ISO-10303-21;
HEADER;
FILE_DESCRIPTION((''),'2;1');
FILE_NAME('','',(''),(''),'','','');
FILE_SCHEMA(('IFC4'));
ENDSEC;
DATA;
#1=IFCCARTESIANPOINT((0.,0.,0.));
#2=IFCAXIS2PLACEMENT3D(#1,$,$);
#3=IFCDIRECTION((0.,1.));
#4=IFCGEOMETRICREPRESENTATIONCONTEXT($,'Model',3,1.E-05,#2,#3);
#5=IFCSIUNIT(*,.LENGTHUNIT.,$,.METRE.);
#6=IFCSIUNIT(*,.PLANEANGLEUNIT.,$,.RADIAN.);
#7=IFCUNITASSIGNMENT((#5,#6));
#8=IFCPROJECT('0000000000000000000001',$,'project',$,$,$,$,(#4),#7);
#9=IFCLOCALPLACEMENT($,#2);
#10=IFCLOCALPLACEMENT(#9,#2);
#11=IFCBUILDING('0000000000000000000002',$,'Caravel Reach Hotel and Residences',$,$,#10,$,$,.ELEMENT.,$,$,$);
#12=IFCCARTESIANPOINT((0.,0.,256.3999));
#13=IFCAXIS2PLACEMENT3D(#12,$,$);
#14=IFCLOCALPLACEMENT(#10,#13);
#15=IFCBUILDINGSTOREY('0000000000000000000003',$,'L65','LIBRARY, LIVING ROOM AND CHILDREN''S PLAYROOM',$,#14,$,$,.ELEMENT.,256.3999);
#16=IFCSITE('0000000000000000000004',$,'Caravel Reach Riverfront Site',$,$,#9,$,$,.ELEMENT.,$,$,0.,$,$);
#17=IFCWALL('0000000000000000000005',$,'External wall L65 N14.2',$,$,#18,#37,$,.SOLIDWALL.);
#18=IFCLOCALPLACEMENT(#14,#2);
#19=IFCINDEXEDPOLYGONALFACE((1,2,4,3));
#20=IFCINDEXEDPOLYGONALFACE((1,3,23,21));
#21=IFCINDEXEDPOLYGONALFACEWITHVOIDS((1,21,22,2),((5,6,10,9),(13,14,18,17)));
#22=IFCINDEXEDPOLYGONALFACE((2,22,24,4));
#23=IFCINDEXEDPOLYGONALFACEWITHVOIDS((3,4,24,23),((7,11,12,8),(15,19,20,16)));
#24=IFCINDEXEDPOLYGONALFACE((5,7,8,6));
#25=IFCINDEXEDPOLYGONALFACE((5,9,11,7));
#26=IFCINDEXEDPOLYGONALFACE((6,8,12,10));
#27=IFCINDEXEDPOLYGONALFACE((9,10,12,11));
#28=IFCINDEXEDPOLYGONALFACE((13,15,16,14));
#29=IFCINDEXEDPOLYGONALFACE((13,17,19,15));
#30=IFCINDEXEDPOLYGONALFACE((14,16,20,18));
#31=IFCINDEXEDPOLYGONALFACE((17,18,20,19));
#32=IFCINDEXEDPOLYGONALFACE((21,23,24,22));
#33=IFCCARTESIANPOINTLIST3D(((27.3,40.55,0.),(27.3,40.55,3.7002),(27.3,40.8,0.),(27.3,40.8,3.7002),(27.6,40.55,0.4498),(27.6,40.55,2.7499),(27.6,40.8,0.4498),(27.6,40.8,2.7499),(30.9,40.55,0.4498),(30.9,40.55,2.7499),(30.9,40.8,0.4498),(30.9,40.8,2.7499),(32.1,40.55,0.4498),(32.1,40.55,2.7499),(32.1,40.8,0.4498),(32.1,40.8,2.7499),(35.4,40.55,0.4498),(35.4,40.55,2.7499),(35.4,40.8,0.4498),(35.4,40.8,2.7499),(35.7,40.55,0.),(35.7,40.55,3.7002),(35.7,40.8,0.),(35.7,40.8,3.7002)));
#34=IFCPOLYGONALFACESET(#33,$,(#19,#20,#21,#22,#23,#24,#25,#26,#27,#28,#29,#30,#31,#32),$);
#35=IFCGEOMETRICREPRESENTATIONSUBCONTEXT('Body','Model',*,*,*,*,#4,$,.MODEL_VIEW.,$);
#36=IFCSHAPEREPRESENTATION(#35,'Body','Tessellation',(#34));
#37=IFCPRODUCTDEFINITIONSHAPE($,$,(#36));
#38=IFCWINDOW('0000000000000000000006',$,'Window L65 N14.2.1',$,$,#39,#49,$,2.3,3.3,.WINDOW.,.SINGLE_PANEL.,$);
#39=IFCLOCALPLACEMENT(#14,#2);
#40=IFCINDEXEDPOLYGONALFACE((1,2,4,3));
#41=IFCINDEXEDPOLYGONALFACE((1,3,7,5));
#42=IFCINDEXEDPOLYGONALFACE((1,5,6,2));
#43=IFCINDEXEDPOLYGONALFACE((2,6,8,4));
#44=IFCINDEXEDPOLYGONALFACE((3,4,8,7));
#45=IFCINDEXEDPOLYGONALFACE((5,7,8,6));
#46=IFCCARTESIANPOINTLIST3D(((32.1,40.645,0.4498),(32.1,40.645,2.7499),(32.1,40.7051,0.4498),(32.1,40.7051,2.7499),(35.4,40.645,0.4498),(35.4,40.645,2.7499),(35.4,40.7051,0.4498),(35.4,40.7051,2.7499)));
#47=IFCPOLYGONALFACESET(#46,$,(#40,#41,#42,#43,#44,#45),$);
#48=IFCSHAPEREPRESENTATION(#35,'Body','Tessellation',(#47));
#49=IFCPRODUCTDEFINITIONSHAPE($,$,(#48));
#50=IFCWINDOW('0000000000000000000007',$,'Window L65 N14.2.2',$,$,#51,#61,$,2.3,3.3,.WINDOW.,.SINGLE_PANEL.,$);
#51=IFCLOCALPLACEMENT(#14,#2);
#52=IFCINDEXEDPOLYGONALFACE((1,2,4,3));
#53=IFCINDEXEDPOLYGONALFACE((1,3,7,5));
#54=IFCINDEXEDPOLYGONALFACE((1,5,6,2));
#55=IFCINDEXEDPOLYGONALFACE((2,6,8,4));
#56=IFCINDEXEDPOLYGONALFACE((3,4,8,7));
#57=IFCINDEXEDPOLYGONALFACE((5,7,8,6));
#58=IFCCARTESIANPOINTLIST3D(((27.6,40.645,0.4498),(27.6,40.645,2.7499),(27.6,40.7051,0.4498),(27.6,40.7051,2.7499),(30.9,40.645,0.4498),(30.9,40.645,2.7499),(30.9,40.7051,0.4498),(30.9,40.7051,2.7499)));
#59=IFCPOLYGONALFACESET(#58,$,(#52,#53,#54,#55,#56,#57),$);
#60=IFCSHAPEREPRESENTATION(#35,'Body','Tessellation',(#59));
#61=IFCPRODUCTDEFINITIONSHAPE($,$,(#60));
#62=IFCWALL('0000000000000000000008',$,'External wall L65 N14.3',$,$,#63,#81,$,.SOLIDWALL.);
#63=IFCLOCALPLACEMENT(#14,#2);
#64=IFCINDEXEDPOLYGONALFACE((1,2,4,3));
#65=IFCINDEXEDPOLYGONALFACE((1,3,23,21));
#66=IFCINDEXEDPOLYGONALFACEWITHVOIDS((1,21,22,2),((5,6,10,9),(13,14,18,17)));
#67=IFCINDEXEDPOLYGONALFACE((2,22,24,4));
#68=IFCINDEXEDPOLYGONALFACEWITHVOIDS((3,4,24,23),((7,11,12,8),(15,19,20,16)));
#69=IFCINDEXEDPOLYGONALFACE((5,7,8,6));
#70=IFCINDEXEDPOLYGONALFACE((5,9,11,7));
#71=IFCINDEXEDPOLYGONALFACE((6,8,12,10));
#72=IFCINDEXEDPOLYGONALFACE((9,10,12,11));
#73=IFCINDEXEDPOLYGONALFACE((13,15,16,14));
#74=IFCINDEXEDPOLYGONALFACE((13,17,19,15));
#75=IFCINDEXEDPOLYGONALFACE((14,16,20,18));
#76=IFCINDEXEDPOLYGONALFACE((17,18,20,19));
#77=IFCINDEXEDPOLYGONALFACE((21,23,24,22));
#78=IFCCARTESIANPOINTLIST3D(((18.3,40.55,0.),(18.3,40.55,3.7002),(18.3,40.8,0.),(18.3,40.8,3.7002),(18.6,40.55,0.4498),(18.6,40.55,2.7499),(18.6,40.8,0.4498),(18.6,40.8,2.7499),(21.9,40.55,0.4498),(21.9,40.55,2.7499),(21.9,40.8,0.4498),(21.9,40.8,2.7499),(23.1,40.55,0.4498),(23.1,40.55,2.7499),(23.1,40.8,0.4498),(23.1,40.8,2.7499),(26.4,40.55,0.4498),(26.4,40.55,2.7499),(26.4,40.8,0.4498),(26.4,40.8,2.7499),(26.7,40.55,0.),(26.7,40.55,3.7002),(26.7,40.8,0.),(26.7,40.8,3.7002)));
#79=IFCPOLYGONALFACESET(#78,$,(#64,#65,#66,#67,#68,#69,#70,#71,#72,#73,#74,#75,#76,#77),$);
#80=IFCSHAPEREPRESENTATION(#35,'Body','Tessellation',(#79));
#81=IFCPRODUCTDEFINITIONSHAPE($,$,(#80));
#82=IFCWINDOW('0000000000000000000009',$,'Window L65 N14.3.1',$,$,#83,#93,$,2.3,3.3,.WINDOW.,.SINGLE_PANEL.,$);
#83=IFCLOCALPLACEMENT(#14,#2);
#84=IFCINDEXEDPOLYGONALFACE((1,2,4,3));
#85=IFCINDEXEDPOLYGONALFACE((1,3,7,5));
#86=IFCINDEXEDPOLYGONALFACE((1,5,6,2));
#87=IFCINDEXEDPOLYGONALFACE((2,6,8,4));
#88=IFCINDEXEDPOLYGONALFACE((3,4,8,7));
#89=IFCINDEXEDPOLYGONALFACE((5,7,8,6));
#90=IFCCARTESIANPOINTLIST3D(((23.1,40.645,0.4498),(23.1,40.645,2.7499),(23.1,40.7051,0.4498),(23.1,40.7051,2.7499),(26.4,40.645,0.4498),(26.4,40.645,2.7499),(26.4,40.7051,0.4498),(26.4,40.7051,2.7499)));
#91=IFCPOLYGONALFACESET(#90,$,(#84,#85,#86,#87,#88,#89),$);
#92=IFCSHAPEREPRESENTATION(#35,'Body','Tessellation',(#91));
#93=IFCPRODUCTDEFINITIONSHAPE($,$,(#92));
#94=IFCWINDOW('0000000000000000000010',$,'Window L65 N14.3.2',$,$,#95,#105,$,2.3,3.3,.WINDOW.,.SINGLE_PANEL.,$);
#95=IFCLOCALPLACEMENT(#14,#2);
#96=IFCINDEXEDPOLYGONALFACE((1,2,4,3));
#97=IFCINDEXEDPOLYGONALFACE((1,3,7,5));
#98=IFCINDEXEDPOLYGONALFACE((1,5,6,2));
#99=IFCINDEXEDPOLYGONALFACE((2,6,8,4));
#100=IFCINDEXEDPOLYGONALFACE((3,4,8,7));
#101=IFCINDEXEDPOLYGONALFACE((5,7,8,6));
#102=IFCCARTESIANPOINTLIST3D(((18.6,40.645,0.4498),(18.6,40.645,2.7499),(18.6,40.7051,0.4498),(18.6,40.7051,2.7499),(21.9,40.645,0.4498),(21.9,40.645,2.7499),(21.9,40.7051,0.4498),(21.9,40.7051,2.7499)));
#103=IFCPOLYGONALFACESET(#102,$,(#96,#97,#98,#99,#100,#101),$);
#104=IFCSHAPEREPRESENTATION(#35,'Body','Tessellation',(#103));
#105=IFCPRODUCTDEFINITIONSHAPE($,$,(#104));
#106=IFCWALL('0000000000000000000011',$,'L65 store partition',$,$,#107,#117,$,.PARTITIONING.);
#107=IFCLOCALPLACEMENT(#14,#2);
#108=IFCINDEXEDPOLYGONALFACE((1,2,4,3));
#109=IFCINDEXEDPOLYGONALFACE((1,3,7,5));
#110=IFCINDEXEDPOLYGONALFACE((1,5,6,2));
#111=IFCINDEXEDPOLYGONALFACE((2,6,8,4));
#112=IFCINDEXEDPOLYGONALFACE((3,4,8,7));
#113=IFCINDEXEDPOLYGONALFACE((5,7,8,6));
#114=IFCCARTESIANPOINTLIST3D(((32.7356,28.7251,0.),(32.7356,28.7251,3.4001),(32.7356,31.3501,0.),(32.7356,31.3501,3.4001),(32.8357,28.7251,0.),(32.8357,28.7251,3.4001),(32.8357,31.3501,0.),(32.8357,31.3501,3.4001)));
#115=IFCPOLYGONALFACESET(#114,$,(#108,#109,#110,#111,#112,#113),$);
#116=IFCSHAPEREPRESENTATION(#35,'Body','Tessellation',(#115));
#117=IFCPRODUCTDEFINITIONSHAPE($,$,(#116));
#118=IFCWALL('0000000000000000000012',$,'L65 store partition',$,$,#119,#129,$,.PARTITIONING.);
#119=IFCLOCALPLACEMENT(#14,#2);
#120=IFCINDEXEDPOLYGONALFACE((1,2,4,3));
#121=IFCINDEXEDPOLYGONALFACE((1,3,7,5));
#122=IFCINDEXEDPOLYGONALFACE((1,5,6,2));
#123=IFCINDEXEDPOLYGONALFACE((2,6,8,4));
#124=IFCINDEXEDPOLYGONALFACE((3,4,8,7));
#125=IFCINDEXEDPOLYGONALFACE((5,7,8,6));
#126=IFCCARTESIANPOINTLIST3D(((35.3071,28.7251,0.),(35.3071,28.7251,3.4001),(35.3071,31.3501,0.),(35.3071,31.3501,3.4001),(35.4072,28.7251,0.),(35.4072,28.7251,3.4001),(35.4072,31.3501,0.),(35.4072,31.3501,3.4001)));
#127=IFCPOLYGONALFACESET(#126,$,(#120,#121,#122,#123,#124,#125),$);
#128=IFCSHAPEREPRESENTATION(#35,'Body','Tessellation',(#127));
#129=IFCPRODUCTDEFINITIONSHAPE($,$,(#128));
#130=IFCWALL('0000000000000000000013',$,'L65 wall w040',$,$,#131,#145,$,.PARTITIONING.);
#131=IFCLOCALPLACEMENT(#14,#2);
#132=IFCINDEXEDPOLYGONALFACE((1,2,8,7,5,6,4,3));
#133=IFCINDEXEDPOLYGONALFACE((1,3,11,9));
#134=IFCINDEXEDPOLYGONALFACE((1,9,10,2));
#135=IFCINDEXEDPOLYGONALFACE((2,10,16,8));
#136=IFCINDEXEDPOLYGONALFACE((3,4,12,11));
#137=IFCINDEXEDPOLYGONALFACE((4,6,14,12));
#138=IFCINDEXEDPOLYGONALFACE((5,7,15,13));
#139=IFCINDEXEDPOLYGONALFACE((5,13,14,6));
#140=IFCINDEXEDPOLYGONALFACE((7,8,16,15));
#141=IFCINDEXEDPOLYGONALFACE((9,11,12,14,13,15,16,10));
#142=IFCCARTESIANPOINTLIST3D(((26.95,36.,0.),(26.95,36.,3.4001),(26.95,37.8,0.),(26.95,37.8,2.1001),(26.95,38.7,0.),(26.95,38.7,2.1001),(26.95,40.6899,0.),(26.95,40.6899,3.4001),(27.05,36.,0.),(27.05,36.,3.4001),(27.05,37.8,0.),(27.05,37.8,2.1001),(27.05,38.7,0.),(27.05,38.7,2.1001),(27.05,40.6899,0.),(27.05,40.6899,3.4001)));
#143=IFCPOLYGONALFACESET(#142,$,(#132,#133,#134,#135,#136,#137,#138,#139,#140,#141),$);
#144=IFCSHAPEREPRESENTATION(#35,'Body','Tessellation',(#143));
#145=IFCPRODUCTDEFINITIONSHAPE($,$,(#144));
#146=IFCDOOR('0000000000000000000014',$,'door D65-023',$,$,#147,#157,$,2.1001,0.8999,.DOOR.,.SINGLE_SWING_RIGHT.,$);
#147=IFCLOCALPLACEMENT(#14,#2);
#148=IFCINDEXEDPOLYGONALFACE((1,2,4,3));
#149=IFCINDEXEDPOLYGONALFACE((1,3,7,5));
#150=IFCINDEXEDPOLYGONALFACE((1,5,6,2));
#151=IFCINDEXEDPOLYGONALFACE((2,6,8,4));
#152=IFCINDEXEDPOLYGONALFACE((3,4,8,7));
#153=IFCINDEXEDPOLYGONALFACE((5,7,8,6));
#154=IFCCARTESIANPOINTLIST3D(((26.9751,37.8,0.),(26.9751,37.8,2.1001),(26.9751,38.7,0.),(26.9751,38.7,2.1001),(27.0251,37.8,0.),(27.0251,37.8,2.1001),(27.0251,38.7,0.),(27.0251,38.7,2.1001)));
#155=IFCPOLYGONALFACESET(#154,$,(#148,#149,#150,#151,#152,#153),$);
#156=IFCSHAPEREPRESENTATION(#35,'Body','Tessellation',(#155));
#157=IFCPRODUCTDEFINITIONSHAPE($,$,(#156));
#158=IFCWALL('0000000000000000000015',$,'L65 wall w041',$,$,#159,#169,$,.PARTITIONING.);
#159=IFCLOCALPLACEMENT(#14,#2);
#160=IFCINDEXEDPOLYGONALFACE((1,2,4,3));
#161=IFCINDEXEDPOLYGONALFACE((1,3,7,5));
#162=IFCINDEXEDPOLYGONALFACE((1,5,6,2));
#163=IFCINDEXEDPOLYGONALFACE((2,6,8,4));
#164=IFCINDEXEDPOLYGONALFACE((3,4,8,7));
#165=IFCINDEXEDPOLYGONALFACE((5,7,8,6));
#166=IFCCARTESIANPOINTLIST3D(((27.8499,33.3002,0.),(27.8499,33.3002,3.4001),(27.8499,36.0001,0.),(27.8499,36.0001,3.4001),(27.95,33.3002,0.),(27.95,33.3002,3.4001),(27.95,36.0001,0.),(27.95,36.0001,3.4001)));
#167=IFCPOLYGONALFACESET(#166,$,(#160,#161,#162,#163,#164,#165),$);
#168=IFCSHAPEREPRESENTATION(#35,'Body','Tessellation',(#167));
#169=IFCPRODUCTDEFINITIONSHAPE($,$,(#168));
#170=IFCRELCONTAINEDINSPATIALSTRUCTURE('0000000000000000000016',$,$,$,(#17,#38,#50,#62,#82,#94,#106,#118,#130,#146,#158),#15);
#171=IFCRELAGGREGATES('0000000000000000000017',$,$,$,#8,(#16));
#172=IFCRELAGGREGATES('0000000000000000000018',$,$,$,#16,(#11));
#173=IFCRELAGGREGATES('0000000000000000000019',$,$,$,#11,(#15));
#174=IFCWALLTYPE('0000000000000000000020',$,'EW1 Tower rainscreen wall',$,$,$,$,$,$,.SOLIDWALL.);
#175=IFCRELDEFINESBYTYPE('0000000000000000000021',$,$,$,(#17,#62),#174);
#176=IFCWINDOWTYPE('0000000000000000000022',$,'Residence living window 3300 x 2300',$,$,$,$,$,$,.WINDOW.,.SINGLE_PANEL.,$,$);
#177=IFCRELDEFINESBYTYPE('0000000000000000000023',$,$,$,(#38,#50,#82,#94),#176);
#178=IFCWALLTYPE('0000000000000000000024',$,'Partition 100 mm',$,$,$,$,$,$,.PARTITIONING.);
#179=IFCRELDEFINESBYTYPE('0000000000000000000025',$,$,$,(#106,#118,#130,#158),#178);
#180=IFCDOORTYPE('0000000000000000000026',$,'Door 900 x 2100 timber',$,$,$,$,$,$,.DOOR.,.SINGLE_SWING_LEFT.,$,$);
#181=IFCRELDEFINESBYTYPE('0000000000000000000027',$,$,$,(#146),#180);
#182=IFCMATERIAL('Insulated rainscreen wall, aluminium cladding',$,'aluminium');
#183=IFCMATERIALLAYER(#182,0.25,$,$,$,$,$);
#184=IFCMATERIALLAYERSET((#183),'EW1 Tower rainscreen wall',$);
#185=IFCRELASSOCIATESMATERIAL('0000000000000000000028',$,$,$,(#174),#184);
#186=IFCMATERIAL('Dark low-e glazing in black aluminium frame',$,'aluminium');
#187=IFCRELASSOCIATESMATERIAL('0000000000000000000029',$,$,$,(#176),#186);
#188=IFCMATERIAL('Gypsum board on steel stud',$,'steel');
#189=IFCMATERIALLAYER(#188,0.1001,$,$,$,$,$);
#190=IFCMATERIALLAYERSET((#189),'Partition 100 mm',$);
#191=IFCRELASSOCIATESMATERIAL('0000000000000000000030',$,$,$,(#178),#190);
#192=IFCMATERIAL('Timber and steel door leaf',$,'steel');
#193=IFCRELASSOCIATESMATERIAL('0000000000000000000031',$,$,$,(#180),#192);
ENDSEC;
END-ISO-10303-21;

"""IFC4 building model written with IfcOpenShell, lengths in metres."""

from ifc_helpers import new_model, si_unit, direction, frame, frame_2d, origin, place, context, subcontext, project, spatial, rectangle, extrude, material, layer, layer_set, type_object, element, fill, save


model = new_model("IFC4")

# Units and contexts
model_context = context("Model", 3, precision=1e-05, world=origin(), true_north=direction((0.0, 1.0)))
body_context = subcontext(model_context, "Body", "Model", "MODEL_VIEW")
ifc_project = project(units=[si_unit("LENGTHUNIT", "METRE"), si_unit("PLANEANGLEUNIT", "RADIAN")], contexts=[model_context])

# Site, building, storey
site_placement = place(None, origin())
site = spatial("IfcSite", under=ifc_project, at=site_placement, Name="Caravel Reach Riverfront Site", CompositionType="ELEMENT", RefElevation=0.0)
building_placement = place(site_placement, origin())
building = spatial("IfcBuilding", under=site, at=building_placement, Name="Caravel Reach Hotel and Residences", CompositionType="ELEMENT")
storey_placement = place(building_placement, frame((0.0, 0.0, 256.3999)))
storey = spatial("IfcBuildingStorey", under=building, at=storey_placement, Name="L65", Description="LIBRARY, LIVING ROOM AND CHILDREN'S PLAYROOM", CompositionType="ELEMENT", Elevation=256.3999)

# Walls, openings, windows
ifc_material_1 = material(Name="Insulated rainscreen wall, aluminium cladding", Category="aluminium")
ifc_layer_1 = layer(ifc_material_1, 0.25)
ifc_layer_set_1 = layer_set([ifc_layer_1], Name="EW1 Tower rainscreen wall")
wall_type_1 = type_object("IfcWallType", Name="EW1 Tower rainscreen wall", PredefinedType="SOLIDWALL", material=ifc_layer_set_1)
wall_1_placement = place(storey_placement, frame((35.7, 40.675, 0.0), z_axis=(0.0, 0.0, 1.0), x_axis=(-1.0, 0.0, 0.0)))
wall_1 = element("IfcWall", 1, at=wall_1_placement, inside=storey, type_object=wall_type_1, Name="External wall L65 N14.2", PredefinedType="SOLIDWALL", context=body_context, shape_type="SweptSolid", body=[
    extrude(rectangle(XDim=8.3999, YDim=0.25, at=frame_2d((4.2, 0.0))), origin(), (0.0, 0.0, 1.0), 3.7002),
])
opening_1_placement = place(wall_1_placement, frame((0.3, 0.0, 0.45)))
opening_1 = element("IfcOpeningElement", 2, at=opening_1_placement, cuts=wall_1, PredefinedType="OPENING", context=body_context, shape_type="SweptSolid", body=[
    extrude(rectangle(XDim=3.3, YDim=2.3, at=frame_2d((1.6499, 1.1499))), frame((0.0, 0.135, 0.0), z_axis=(0.0, -1.0, 0.0), x_axis=(1.0, 0.0, 0.0)), (0.0, 0.0, 1.0), 0.27),
])
opening_2_placement = place(wall_1_placement, frame((4.8, 0.0, 0.45)))
opening_2 = element("IfcOpeningElement", 3, at=opening_2_placement, cuts=wall_1, PredefinedType="OPENING", context=body_context, shape_type="SweptSolid", body=[
    extrude(rectangle(XDim=3.3, YDim=2.3, at=frame_2d((1.6499, 1.1499))), frame((0.0, 0.135, 0.0), z_axis=(0.0, -1.0, 0.0), x_axis=(1.0, 0.0, 0.0)), (0.0, 0.0, 1.0), 0.27),
])
ifc_material_2 = material(Name="Dark low-e glazing in black aluminium frame", Category="aluminium")
window_type = type_object("IfcWindowType", Name="Residence living window 3300 x 2300", PartitioningType="SINGLE_PANEL", PredefinedType="WINDOW", material=ifc_material_2)
window_1_placement = place(opening_1_placement, origin())
window_1 = element("IfcWindow", 4, at=window_1_placement, inside=storey, type_object=window_type, Name="Window L65 N14.2.1", OverallHeight=2.3, OverallWidth=3.3, PartitioningType="SINGLE_PANEL", PredefinedType="WINDOW", context=body_context, shape_type="SweptSolid", body=[
    extrude(rectangle(XDim=3.3, YDim=2.3, at=frame_2d((1.6499, 1.1499))), frame((0.0, 0.03, 0.0), z_axis=(0.0, -1.0, 0.0), x_axis=(1.0, 0.0, 0.0)), (0.0, 0.0, 1.0), 0.0601),
])
fill(opening_1, window_1)
window_2_placement = place(opening_2_placement, origin())
window_2 = element("IfcWindow", 5, at=window_2_placement, inside=storey, type_object=window_type, Name="Window L65 N14.2.2", OverallHeight=2.3, OverallWidth=3.3, PartitioningType="SINGLE_PANEL", PredefinedType="WINDOW", context=body_context, shape_type="SweptSolid", body=[
    extrude(rectangle(XDim=3.3, YDim=2.3, at=frame_2d((1.6499, 1.1499))), frame((0.0, 0.03, 0.0), z_axis=(0.0, -1.0, 0.0), x_axis=(1.0, 0.0, 0.0)), (0.0, 0.0, 1.0), 0.0601),
])
fill(opening_2, window_2)
wall_2_placement = place(storey_placement, frame((26.7, 40.675, 0.0), z_axis=(0.0, 0.0, 1.0), x_axis=(-1.0, 0.0, 0.0)))
wall_2 = element("IfcWall", 6, at=wall_2_placement, inside=storey, type_object=wall_type_1, Name="External wall L65 N14.3", PredefinedType="SOLIDWALL", context=body_context, shape_type="SweptSolid", body=[
    extrude(rectangle(XDim=8.3999, YDim=0.25, at=frame_2d((4.2, 0.0))), origin(), (0.0, 0.0, 1.0), 3.7002),
])
opening_3_placement = place(wall_2_placement, frame((0.3, 0.0, 0.45)))
opening_3 = element("IfcOpeningElement", 7, at=opening_3_placement, cuts=wall_2, PredefinedType="OPENING", context=body_context, shape_type="SweptSolid", body=[
    extrude(rectangle(XDim=3.3, YDim=2.3, at=frame_2d((1.6499, 1.1499))), frame((0.0, 0.135, 0.0), z_axis=(0.0, -1.0, 0.0), x_axis=(1.0, 0.0, 0.0)), (0.0, 0.0, 1.0), 0.27),
])
opening_4_placement = place(wall_2_placement, frame((4.8, 0.0, 0.45)))
opening_4 = element("IfcOpeningElement", 8, at=opening_4_placement, cuts=wall_2, PredefinedType="OPENING", context=body_context, shape_type="SweptSolid", body=[
    extrude(rectangle(XDim=3.3, YDim=2.3, at=frame_2d((1.6499, 1.1499))), frame((0.0, 0.135, 0.0), z_axis=(0.0, -1.0, 0.0), x_axis=(1.0, 0.0, 0.0)), (0.0, 0.0, 1.0), 0.27),
])
window_3_placement = place(opening_3_placement, origin())
window_3 = element("IfcWindow", 9, at=window_3_placement, inside=storey, type_object=window_type, Name="Window L65 N14.3.1", OverallHeight=2.3, OverallWidth=3.3, PartitioningType="SINGLE_PANEL", PredefinedType="WINDOW", context=body_context, shape_type="SweptSolid", body=[
    extrude(rectangle(XDim=3.3, YDim=2.3, at=frame_2d((1.6499, 1.1499))), frame((0.0, 0.03, 0.0), z_axis=(0.0, -1.0, 0.0), x_axis=(1.0, 0.0, 0.0)), (0.0, 0.0, 1.0), 0.0601),
])
fill(opening_3, window_3)
window_4_placement = place(opening_4_placement, origin())
window_4 = element("IfcWindow", 10, at=window_4_placement, inside=storey, type_object=window_type, Name="Window L65 N14.3.2", OverallHeight=2.3, OverallWidth=3.3, PartitioningType="SINGLE_PANEL", PredefinedType="WINDOW", context=body_context, shape_type="SweptSolid", body=[
    extrude(rectangle(XDim=3.3, YDim=2.3, at=frame_2d((1.6499, 1.1499))), frame((0.0, 0.03, 0.0), z_axis=(0.0, -1.0, 0.0), x_axis=(1.0, 0.0, 0.0)), (0.0, 0.0, 1.0), 0.0601),
])
fill(opening_4, window_4)

# Walls
ifc_material_3 = material(Name="Gypsum board on steel stud", Category="steel")
ifc_layer_2 = layer(ifc_material_3, 0.1001)
ifc_layer_set_2 = layer_set([ifc_layer_2], Name="Partition 100 mm")
wall_type_2 = type_object("IfcWallType", Name="Partition 100 mm", PredefinedType="PARTITIONING", material=ifc_layer_set_2)
for number, where, z_axis, x_axis, name in (
    (11, (32.7856, 28.7251, 0.0), (0.0, 0.0, 1.0), (0.0, 1.0, 0.0), "L65 store partition"),
    (12, (35.3572, 28.7251, 0.0), (0.0, 0.0, 1.0), (0.0, 1.0, 0.0), "L65 store partition"),
):
    element("IfcWall", number, at=place(storey_placement, frame(where, z_axis=z_axis, x_axis=x_axis)), inside=storey, type_object=wall_type_2, Name=name, PredefinedType="PARTITIONING", context=body_context, shape_type="SweptSolid", body=[
        extrude(rectangle(XDim=2.625, YDim=0.1001, at=frame_2d((1.3125, 0.0))), origin(), (0.0, 0.0, 1.0), 3.4001),
    ])

# Wall, opening, door
wall_3_placement = place(storey_placement, frame((27.0, 36.0, 0.0), z_axis=(0.0, 0.0, 1.0), x_axis=(0.0, 1.0, 0.0)))
wall_3 = element("IfcWall", 13, at=wall_3_placement, inside=storey, type_object=wall_type_2, Name="L65 wall w040", PredefinedType="PARTITIONING", context=body_context, shape_type="SweptSolid", body=[
    extrude(rectangle(XDim=4.6899, YDim=0.1001, at=frame_2d((2.345, 0.0))), origin(), (0.0, 0.0, 1.0), 3.4001),
])
opening_5_placement = place(wall_3_placement, frame((1.8, 0.0, 0.0)))
opening_5 = element("IfcOpeningElement", 14, at=opening_5_placement, cuts=wall_3, PredefinedType="OPENING", context=body_context, shape_type="SweptSolid", body=[
    extrude(rectangle(XDim=0.8999, YDim=2.1001, at=frame_2d((0.45, 1.05))), frame((0.0, 0.0601, 0.0), z_axis=(0.0, -1.0, 0.0), x_axis=(1.0, 0.0, 0.0)), (0.0, 0.0, 1.0), 0.1201),
])
ifc_material_4 = material(Name="Timber and steel door leaf", Category="steel")
door_type = type_object("IfcDoorType", Name="Door 900 x 2100 timber", OperationType="SINGLE_SWING_LEFT", PredefinedType="DOOR", material=ifc_material_4)
door_placement = place(opening_5_placement, origin())
door = element("IfcDoor", 15, at=door_placement, inside=storey, type_object=door_type, Name="door D65-023", OperationType="SINGLE_SWING_RIGHT", OverallHeight=2.1001, OverallWidth=0.8999, PredefinedType="DOOR", context=body_context, shape_type="SweptSolid", body=[
    extrude(rectangle(XDim=0.8999, YDim=2.1001, at=frame_2d((0.45, 1.05))), frame((0.0, 0.0249, 0.0), z_axis=(0.0, -1.0, 0.0), x_axis=(1.0, 0.0, 0.0)), (0.0, 0.0, 1.0), 0.05),
])
fill(opening_5, door)

# Wall
wall_4_placement = place(storey_placement, frame((27.8999, 33.3, 0.0), z_axis=(0.0, 0.0, 1.0), x_axis=(0.0, 1.0, 0.0)))
element("IfcWall", 16, at=wall_4_placement, inside=storey, type_object=wall_type_2, Name="L65 wall w041", PredefinedType="PARTITIONING", context=body_context, shape_type="SweptSolid", body=[
    extrude(rectangle(XDim=2.7, YDim=0.1001, at=frame_2d((1.3501, 0.0))), origin(), (0.0, 0.0, 1.0), 3.4001),
])

save(model, "model.ifc")
